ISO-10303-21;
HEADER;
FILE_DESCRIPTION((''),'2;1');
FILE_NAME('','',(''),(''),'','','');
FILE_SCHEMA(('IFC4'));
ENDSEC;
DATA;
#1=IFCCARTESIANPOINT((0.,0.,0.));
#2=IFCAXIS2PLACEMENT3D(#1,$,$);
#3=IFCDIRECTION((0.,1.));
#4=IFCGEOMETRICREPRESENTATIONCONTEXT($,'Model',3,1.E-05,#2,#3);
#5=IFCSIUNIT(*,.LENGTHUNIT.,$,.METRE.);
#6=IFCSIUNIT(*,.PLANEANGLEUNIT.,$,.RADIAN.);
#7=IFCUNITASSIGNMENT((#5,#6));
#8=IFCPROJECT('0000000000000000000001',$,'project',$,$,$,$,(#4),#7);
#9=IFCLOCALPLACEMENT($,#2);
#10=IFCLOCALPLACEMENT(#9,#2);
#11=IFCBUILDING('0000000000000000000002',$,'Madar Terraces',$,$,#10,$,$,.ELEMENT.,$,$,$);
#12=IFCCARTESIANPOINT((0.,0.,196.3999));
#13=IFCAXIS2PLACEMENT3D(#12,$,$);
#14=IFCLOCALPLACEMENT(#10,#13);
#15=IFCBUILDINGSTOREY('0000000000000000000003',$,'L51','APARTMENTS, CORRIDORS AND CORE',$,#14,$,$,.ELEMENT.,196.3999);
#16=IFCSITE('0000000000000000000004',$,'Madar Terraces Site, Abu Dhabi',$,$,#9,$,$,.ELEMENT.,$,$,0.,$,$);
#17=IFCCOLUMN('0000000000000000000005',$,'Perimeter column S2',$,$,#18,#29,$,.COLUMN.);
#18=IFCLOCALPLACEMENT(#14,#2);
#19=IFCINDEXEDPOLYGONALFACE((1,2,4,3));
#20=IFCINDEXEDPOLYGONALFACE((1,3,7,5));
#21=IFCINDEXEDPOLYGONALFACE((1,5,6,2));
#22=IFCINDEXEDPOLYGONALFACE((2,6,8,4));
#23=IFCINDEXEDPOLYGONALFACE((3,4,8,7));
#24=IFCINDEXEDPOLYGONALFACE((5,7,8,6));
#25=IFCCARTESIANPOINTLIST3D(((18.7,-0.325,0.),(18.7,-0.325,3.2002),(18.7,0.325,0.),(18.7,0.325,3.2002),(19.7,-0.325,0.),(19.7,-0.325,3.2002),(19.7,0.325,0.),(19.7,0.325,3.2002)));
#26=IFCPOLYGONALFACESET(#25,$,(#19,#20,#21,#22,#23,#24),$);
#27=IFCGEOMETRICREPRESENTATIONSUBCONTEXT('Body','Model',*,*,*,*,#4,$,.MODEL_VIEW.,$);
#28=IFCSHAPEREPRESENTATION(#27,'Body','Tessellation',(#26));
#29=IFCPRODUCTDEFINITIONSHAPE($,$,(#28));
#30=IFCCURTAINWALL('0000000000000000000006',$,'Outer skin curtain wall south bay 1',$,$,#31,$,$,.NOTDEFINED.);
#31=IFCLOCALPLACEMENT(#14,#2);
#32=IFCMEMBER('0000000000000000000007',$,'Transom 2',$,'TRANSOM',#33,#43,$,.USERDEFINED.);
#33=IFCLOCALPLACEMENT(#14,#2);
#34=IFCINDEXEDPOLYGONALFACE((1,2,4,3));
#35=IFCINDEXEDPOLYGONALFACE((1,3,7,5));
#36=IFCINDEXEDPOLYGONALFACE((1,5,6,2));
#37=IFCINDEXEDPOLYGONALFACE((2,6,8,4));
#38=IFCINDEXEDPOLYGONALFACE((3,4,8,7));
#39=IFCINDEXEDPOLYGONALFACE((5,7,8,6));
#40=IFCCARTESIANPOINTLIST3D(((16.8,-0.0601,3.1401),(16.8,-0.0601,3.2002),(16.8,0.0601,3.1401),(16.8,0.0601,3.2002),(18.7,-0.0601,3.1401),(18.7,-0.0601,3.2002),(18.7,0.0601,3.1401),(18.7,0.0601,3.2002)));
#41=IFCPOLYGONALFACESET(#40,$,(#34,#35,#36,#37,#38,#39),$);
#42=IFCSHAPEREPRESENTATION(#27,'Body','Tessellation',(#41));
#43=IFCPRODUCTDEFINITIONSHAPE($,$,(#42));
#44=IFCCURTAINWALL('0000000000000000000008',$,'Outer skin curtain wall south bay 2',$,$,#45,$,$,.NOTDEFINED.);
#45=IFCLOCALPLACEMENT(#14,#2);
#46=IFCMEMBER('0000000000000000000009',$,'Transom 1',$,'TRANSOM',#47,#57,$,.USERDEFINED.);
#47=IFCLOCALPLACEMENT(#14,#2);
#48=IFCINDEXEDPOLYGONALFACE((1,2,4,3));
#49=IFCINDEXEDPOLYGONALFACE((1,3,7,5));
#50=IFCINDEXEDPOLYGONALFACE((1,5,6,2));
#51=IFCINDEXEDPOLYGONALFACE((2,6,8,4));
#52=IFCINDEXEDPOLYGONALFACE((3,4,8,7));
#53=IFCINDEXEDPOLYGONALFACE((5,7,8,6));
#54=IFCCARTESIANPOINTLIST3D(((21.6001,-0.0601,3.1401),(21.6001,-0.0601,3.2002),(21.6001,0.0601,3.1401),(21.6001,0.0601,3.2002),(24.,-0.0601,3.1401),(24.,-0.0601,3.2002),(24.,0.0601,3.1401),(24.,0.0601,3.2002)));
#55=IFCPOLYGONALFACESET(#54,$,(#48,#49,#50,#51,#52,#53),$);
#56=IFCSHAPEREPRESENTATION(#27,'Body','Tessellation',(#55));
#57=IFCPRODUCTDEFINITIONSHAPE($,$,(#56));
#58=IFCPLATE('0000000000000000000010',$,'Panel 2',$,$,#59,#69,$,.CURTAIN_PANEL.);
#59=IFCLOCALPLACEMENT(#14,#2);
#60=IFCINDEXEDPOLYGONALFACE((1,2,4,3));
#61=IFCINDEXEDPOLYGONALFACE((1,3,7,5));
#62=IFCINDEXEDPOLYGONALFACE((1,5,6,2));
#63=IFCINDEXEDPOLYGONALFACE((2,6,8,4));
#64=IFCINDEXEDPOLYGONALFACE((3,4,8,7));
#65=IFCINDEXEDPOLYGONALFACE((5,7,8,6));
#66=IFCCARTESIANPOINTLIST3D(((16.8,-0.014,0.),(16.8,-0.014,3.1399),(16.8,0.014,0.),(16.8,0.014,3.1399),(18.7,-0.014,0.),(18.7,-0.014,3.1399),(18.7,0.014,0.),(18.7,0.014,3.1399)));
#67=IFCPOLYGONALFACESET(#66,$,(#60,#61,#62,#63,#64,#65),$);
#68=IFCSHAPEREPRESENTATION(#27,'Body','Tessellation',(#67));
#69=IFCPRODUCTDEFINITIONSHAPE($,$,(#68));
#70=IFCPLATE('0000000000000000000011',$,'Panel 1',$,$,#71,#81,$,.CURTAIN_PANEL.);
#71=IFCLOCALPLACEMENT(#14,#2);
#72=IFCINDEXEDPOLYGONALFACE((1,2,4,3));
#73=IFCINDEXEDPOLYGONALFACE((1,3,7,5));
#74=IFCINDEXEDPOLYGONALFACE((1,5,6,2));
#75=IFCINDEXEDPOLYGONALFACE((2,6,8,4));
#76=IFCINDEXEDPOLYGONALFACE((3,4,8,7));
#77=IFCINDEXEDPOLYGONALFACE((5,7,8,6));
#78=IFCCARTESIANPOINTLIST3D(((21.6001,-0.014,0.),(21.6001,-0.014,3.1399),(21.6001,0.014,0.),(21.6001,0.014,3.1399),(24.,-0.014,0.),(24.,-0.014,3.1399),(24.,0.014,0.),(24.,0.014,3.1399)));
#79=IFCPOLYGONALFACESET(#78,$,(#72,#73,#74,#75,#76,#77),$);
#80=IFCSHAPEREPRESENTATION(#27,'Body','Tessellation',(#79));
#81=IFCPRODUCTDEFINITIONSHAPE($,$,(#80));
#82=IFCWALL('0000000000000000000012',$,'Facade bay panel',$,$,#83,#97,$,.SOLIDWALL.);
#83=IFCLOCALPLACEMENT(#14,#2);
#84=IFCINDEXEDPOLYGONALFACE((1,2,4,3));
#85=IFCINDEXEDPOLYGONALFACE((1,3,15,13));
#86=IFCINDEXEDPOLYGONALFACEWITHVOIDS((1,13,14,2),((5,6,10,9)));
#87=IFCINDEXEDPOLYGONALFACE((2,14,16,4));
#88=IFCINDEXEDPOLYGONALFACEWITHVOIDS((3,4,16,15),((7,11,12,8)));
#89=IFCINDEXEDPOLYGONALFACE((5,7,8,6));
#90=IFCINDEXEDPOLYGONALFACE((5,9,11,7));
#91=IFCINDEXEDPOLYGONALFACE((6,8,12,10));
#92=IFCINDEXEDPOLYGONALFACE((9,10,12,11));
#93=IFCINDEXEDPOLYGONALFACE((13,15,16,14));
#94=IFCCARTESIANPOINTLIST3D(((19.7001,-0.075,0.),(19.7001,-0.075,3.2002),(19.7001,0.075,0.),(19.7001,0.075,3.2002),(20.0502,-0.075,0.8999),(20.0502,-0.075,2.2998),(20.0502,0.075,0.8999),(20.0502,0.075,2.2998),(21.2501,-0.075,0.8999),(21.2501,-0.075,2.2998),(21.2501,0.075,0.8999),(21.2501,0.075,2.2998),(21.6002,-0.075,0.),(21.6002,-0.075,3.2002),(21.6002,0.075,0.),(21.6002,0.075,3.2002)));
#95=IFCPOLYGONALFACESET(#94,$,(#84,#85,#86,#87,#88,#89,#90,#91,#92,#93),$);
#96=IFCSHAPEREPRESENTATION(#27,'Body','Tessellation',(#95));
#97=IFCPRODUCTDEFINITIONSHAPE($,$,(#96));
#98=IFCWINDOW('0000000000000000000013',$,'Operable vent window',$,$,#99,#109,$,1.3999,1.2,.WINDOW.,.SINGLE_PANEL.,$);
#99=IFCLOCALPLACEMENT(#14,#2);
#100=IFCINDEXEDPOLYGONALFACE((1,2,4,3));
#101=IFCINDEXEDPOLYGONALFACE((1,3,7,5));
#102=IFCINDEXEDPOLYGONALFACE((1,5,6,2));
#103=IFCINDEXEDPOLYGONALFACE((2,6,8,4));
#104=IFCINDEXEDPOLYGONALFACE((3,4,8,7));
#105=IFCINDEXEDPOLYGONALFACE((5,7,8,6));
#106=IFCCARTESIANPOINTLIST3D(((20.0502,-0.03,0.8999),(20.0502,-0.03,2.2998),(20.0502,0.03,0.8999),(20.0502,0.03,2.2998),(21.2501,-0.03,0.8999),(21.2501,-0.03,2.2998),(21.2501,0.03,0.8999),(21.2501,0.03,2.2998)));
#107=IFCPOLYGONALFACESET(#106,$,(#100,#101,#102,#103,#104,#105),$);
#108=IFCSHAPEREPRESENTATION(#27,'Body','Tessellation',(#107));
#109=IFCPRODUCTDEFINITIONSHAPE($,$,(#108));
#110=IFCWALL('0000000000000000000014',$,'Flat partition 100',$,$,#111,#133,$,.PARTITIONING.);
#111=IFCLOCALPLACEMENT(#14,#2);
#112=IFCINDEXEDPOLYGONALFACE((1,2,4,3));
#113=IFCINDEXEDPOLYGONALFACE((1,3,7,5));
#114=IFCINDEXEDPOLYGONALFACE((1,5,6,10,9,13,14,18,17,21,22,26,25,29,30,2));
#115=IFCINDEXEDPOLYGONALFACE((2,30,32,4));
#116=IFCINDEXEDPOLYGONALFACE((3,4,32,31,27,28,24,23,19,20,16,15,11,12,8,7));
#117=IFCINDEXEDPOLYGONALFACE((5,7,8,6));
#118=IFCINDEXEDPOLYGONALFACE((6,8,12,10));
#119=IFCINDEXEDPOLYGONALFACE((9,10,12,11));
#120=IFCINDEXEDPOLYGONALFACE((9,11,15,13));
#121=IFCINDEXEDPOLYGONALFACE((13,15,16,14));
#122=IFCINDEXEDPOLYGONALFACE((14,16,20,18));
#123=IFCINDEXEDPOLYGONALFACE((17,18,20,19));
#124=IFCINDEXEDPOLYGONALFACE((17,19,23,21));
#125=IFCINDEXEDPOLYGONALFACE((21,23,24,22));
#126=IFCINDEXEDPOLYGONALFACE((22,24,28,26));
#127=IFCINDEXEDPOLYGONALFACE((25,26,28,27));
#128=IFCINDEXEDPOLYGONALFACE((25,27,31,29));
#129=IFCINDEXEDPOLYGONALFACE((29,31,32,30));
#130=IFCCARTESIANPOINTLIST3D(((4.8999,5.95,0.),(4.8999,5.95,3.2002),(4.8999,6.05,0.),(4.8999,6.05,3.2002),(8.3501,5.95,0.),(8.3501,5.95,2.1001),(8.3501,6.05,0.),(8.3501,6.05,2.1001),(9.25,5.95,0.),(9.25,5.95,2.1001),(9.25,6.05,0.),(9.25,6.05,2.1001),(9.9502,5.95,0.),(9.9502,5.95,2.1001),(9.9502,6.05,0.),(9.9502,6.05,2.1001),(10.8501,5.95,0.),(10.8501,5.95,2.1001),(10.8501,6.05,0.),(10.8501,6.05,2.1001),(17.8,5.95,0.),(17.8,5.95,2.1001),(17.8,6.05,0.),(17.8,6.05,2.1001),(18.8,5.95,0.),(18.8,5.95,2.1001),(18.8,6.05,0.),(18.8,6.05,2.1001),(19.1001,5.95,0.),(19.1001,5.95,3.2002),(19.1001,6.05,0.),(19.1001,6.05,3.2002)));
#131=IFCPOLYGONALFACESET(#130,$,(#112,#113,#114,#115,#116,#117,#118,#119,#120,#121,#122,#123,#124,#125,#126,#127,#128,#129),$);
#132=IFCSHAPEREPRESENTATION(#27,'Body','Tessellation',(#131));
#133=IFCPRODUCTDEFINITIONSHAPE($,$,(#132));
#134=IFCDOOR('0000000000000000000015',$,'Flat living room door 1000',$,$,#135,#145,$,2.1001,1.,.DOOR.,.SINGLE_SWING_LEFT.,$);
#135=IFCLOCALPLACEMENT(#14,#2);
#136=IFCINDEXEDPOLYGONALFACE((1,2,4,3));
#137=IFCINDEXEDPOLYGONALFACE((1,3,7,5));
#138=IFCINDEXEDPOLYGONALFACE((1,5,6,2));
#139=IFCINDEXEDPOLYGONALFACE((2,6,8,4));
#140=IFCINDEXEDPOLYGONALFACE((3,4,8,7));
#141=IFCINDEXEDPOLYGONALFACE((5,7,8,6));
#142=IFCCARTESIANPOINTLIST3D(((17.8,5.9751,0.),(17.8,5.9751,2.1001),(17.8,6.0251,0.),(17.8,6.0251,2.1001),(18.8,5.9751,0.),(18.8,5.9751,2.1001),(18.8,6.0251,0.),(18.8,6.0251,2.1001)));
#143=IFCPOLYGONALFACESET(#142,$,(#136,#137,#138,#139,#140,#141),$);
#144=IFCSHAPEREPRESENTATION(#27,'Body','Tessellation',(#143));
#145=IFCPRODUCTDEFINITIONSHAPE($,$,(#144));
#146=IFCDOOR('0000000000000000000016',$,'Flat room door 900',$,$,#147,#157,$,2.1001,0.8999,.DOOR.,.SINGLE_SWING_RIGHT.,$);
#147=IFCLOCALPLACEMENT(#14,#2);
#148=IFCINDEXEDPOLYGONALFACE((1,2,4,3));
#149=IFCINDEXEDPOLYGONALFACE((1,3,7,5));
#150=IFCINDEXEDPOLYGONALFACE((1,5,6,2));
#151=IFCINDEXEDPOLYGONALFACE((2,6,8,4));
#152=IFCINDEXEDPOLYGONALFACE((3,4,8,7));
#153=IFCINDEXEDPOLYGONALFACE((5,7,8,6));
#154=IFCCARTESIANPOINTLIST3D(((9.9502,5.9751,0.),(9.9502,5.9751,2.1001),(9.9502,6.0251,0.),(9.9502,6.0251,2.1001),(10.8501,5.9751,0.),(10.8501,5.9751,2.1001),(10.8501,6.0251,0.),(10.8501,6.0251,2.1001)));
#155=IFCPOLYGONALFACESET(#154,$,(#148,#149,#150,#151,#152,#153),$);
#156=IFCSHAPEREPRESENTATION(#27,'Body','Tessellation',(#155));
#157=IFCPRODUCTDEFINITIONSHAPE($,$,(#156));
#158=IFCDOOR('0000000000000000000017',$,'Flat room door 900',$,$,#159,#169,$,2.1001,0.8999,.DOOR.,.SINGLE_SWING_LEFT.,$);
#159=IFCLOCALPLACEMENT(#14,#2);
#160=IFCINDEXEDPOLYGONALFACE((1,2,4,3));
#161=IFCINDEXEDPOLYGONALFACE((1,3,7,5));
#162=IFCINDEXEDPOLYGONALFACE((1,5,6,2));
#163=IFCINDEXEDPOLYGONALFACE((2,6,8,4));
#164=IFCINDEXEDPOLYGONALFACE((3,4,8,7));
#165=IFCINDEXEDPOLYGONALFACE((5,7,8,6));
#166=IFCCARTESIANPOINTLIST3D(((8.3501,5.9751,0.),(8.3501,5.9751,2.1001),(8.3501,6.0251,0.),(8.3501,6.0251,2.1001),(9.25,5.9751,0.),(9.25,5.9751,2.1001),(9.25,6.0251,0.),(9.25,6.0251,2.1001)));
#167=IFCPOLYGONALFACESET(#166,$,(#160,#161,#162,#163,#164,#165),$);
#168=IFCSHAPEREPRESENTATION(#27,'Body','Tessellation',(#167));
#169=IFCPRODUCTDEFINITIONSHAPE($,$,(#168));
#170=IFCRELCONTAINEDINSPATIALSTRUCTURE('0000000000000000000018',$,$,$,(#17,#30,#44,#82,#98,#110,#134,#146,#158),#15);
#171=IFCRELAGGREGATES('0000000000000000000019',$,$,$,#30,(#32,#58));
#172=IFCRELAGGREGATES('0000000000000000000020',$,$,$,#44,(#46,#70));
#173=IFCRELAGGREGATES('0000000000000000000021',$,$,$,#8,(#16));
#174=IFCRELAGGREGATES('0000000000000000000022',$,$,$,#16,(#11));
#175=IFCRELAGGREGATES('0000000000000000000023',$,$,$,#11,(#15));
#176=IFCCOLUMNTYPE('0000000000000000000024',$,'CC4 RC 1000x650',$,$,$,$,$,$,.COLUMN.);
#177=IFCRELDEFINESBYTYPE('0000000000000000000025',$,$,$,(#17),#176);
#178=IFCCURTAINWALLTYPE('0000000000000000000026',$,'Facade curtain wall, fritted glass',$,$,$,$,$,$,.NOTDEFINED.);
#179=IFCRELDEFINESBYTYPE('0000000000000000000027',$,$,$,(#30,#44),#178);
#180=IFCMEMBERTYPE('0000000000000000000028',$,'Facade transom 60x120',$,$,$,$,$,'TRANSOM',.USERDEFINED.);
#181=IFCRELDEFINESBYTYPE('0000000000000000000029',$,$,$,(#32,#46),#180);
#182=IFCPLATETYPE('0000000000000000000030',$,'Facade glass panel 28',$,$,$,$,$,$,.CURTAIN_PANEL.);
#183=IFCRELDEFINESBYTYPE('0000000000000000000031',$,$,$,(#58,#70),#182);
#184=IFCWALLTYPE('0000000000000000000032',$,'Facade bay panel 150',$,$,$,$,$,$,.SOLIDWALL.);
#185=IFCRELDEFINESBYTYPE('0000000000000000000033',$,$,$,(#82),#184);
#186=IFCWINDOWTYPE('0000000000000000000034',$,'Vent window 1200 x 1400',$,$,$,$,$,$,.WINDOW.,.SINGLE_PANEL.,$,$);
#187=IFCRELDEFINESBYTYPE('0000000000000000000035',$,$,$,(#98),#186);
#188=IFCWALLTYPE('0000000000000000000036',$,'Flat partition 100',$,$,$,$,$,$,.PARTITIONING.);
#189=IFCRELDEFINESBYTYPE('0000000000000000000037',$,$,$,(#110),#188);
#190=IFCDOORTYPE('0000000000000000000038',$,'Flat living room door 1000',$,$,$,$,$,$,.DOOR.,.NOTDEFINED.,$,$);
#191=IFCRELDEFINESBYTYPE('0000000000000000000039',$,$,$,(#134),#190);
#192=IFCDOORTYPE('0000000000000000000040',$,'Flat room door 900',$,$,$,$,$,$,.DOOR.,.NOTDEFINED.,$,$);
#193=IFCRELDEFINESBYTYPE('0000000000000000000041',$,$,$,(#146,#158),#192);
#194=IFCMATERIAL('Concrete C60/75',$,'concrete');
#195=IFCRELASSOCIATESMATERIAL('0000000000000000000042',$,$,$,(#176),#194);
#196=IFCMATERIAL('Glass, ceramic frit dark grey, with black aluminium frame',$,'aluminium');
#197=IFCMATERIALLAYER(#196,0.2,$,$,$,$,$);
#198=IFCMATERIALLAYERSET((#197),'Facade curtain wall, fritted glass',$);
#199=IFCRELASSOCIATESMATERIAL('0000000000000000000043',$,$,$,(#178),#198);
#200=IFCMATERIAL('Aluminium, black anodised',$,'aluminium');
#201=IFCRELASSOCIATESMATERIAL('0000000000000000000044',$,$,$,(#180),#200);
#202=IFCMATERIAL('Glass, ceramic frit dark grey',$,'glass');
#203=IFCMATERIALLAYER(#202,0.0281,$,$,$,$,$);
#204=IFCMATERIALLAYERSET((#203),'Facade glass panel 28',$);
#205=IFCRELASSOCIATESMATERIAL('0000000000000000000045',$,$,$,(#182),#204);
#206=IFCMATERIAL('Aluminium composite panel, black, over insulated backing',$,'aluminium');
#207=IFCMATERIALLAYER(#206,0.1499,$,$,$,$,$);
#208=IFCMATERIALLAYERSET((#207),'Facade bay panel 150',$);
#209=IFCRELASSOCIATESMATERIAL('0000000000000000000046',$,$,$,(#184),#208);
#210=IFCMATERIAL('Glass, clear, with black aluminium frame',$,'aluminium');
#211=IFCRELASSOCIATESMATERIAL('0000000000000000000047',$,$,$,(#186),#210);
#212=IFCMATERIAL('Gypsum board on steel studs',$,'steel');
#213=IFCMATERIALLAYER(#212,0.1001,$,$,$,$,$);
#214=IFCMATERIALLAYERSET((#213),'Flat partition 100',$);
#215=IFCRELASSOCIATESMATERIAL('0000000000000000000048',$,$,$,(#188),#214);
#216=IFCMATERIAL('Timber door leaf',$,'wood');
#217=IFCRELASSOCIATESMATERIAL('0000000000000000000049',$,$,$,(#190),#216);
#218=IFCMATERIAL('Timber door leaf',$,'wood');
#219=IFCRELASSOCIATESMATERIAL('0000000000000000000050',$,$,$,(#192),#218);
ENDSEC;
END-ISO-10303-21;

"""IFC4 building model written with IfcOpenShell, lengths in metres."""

from ifc_helpers import new_model, si_unit, direction, frame, frame_2d, origin, origin_2d, place, context, subcontext, project, spatial, rectangle, extrude, material, layer, layer_set, material_profile, profile_set, type_object, element, fill, aggregate, save


model = new_model("IFC4")

# Units and contexts
model_context = context("Model", 3, precision=1e-05, world=origin(), true_north=direction((0.0, 1.0)))
body_context = subcontext(model_context, "Body", "Model", "MODEL_VIEW")
ifc_project = project(units=[si_unit("LENGTHUNIT", "METRE"), si_unit("PLANEANGLEUNIT", "RADIAN")], contexts=[model_context])

# Site, building, storey
site_placement = place(None, origin())
site = spatial("IfcSite", under=ifc_project, at=site_placement, Name="Madar Terraces Site, Abu Dhabi", CompositionType="ELEMENT", RefElevation=0.0)
building_placement = place(site_placement, origin())
building = spatial("IfcBuilding", under=site, at=building_placement, Name="Madar Terraces", CompositionType="ELEMENT")
storey_placement = place(building_placement, frame((0.0, 0.0, 196.3999)))
storey = spatial("IfcBuildingStorey", under=building, at=storey_placement, Name="L51", Description="APARTMENTS, CORRIDORS AND CORE", CompositionType="ELEMENT", Elevation=196.3999)

# Column
ifc_material_1 = material(Name="Concrete C60/75", Category="concrete")
ifc_material_profile_1 = material_profile(ifc_material_1, rectangle(XDim=1.0, YDim=0.6499, at=origin_2d()), Name="CC4 RC 1000x650")
ifc_profile_set_1 = profile_set([ifc_material_profile_1], Name="Concrete C60/75")
column_type = type_object("IfcColumnType", Name="CC4 RC 1000x650", PredefinedType="COLUMN", material=ifc_profile_set_1)
column_placement = place(storey_placement, frame((19.2, 0.0, 0.0), z_axis=(0.0, 0.0, 1.0), x_axis=(1.0, 0.0, 0.0)))
element("IfcColumn", 1, at=column_placement, inside=storey, type_object=column_type, Name="Perimeter column S2", PredefinedType="COLUMN", context=body_context, shape_type="SweptSolid", body=[
    extrude(rectangle(XDim=1.0, YDim=0.6499, at=origin_2d()), origin(), (0.0, 0.0, 1.0), 3.2002),
])

# Curtain walls, members
ifc_material_2 = material(Name="Glass, ceramic frit dark grey, with black aluminium frame", Category="aluminium")
ifc_layer_1 = layer(ifc_material_2, 0.2)
ifc_layer_set_1 = layer_set([ifc_layer_1], Name="Facade curtain wall, fritted glass")
curtain_wall_type = type_object("IfcCurtainWallType", Name="Facade curtain wall, fritted glass", PredefinedType="NOTDEFINED", material=ifc_layer_set_1)
curtain_wall_1_placement = place(storey_placement, origin())
curtain_wall_1 = element("IfcCurtainWall", 2, at=curtain_wall_1_placement, inside=storey, type_object=curtain_wall_type, Name="Outer skin curtain wall south bay 1", PredefinedType="NOTDEFINED")
ifc_material_3 = material(Name="Aluminium, black anodised", Category="aluminium")
ifc_material_profile_2 = material_profile(ifc_material_3, rectangle(XDim=0.1201, YDim=0.0601, at=origin_2d()), Name="Facade transom 60x120")
ifc_profile_set_2 = profile_set([ifc_material_profile_2], Name="Aluminium, black anodised")
member_type = type_object("IfcMemberType", Name="Facade transom 60x120", ElementType="TRANSOM", PredefinedType="USERDEFINED", material=ifc_profile_set_2)
member_1_placement = place(storey_placement, frame((16.8, 0.0, 3.1702), z_axis=(1.0, 0.0, 0.0), x_axis=(0.0, 1.0, 0.0)))
member_1 = element("IfcMember", 3, at=member_1_placement, type_object=member_type, Name="Transom 2", ObjectType="TRANSOM", PredefinedType="USERDEFINED", context=body_context, shape_type="SweptSolid", body=[
    extrude(rectangle(XDim=0.1201, YDim=0.0601, at=origin_2d()), origin(), (0.0, 0.0, 1.0), 1.8999),
])
curtain_wall_2_placement = place(storey_placement, origin())
curtain_wall_2 = element("IfcCurtainWall", 4, at=curtain_wall_2_placement, inside=storey, type_object=curtain_wall_type, Name="Outer skin curtain wall south bay 2", PredefinedType="NOTDEFINED")
member_2_placement = place(storey_placement, frame((21.6001, 0.0, 3.1702), z_axis=(1.0, 0.0, 0.0), x_axis=(0.0, 1.0, 0.0)))
member_2 = element("IfcMember", 5, at=member_2_placement, type_object=member_type, Name="Transom 1", ObjectType="TRANSOM", PredefinedType="USERDEFINED", context=body_context, shape_type="SweptSolid", body=[
    extrude(rectangle(XDim=0.1201, YDim=0.0601, at=origin_2d()), origin(), (0.0, 0.0, 1.0), 2.3999),
])

# Plates
ifc_material_4 = material(Name="Glass, ceramic frit dark grey", Category="glass")
ifc_layer_2 = layer(ifc_material_4, 0.0281)
ifc_layer_set_2 = layer_set([ifc_layer_2], Name="Facade glass panel 28")
plate_type = type_object("IfcPlateType", Name="Facade glass panel 28", PredefinedType="CURTAIN_PANEL", material=ifc_layer_set_2)
plate_1_placement = place(storey_placement, frame((17.75, 0.0, 0.0), z_axis=(0.0, 0.0, 1.0), x_axis=(1.0, 0.0, 0.0)))
plate_1 = element("IfcPlate", 6, at=plate_1_placement, type_object=plate_type, Name="Panel 2", PredefinedType="CURTAIN_PANEL", context=body_context, shape_type="SweptSolid", body=[
    extrude(rectangle(XDim=1.8999, YDim=0.0281, at=origin_2d()), origin(), (0.0, 0.0, 1.0), 3.1399),
])
aggregate(curtain_wall_1, [member_1, plate_1])
plate_2_placement = place(storey_placement, frame((22.8, 0.0, 0.0), z_axis=(0.0, 0.0, 1.0), x_axis=(1.0, 0.0, 0.0)))
plate_2 = element("IfcPlate", 7, at=plate_2_placement, type_object=plate_type, Name="Panel 1", PredefinedType="CURTAIN_PANEL", context=body_context, shape_type="SweptSolid", body=[
    extrude(rectangle(XDim=2.3999, YDim=0.0281, at=origin_2d()), origin(), (0.0, 0.0, 1.0), 3.1399),
])
aggregate(curtain_wall_2, [member_2, plate_2])

# Wall, opening, window
ifc_material_5 = material(Name="Aluminium composite panel, black, over insulated backing", Category="aluminium")
ifc_layer_3 = layer(ifc_material_5, 0.1499)
ifc_layer_set_3 = layer_set([ifc_layer_3], Name="Facade bay panel 150")
wall_type_1 = type_object("IfcWallType", Name="Facade bay panel 150", PredefinedType="SOLIDWALL", material=ifc_layer_set_3)
wall_1_placement = place(storey_placement, frame((19.7, 0.0, 0.0), z_axis=(0.0, 0.0, 1.0), x_axis=(1.0, 0.0, 0.0)))
wall_1 = element("IfcWall", 8, at=wall_1_placement, inside=storey, type_object=wall_type_1, Name="Facade bay panel", PredefinedType="SOLIDWALL", context=body_context, shape_type="SweptSolid", body=[
    extrude(rectangle(XDim=1.9001, YDim=0.1499, at=frame_2d((0.9502, 0.0))), origin(), (0.0, 0.0, 1.0), 3.2002),
])
opening_1_placement = place(wall_1_placement, frame((0.3501, 0.0, 0.8999)))
opening_1 = element("IfcOpeningElement", 9, at=opening_1_placement, cuts=wall_1, PredefinedType="OPENING", context=body_context, shape_type="SweptSolid", body=[
    extrude(rectangle(XDim=1.2, YDim=1.3999, at=frame_2d((0.6001, 0.7))), frame((0.0, 0.085, 0.0), z_axis=(0.0, -1.0, 0.0), x_axis=(1.0, 0.0, 0.0)), (0.0, 0.0, 1.0), 0.1699),
])
ifc_material_6 = material(Name="Glass, clear, with black aluminium frame", Category="aluminium")
window_type = type_object("IfcWindowType", Name="Vent window 1200 x 1400", PartitioningType="SINGLE_PANEL", PredefinedType="WINDOW", material=ifc_material_6)
window_placement = place(opening_1_placement, origin())
window = element("IfcWindow", 10, at=window_placement, inside=storey, type_object=window_type, Name="Operable vent window", OverallHeight=1.3999, OverallWidth=1.2, PartitioningType="SINGLE_PANEL", PredefinedType="WINDOW", context=body_context, shape_type="SweptSolid", body=[
    extrude(rectangle(XDim=1.2, YDim=1.3999, at=frame_2d((0.6001, 0.7))), frame((0.0, 0.03, 0.0), z_axis=(0.0, -1.0, 0.0), x_axis=(1.0, 0.0, 0.0)), (0.0, 0.0, 1.0), 0.0601),
])
fill(opening_1, window)

# Wall, openings, doors
ifc_material_7 = material(Name="Gypsum board on steel studs", Category="steel")
ifc_layer_4 = layer(ifc_material_7, 0.1001)
ifc_layer_set_4 = layer_set([ifc_layer_4], Name="Flat partition 100")
wall_type_2 = type_object("IfcWallType", Name="Flat partition 100", PredefinedType="PARTITIONING", material=ifc_layer_set_4)
wall_2_placement = place(storey_placement, frame((19.1001, 6.0, 0.0), z_axis=(0.0, 0.0, 1.0), x_axis=(-1.0, 0.0, 0.0)))
wall_2 = element("IfcWall", 11, at=wall_2_placement, inside=storey, type_object=wall_type_2, Name="Flat partition 100", PredefinedType="PARTITIONING", context=body_context, shape_type="SweptSolid", body=[
    extrude(rectangle(XDim=14.2002, YDim=0.1001, at=frame_2d((7.1001, 0.0))), origin(), (0.0, 0.0, 1.0), 3.2002),
])
opening_2_placement = place(wall_2_placement, frame((0.3, 0.0, 0.0)))
opening_2 = element("IfcOpeningElement", 12, at=opening_2_placement, cuts=wall_2, PredefinedType="OPENING", context=body_context, shape_type="SweptSolid", body=[
    extrude(rectangle(XDim=1.0, YDim=2.1001, at=frame_2d((0.5, 1.05))), frame((0.0, 0.0601, 0.0), z_axis=(0.0, -1.0, 0.0), x_axis=(1.0, 0.0, 0.0)), (0.0, 0.0, 1.0), 0.1201),
])
opening_3_placement = place(wall_2_placement, frame((8.25, 0.0, 0.0)))
opening_3 = element("IfcOpeningElement", 13, at=opening_3_placement, cuts=wall_2, PredefinedType="OPENING", context=body_context, shape_type="SweptSolid", body=[
    extrude(rectangle(XDim=0.8999, YDim=2.1001, at=frame_2d((0.45, 1.05))), frame((0.0, 0.0601, 0.0), z_axis=(0.0, -1.0, 0.0), x_axis=(1.0, 0.0, 0.0)), (0.0, 0.0, 1.0), 0.1201),
])
opening_4_placement = place(wall_2_placement, frame((9.8501, 0.0, 0.0)))
opening_4 = element("IfcOpeningElement", 14, at=opening_4_placement, cuts=wall_2, PredefinedType="OPENING", context=body_context, shape_type="SweptSolid", body=[
    extrude(rectangle(XDim=0.8999, YDim=2.1001, at=frame_2d((0.45, 1.05))), frame((0.0, 0.0601, 0.0), z_axis=(0.0, -1.0, 0.0), x_axis=(1.0, 0.0, 0.0)), (0.0, 0.0, 1.0), 0.1201),
])
ifc_material_8 = material(Name="Timber door leaf", Category="wood")
door_type_1 = type_object("IfcDoorType", Name="Flat living room door 1000", OperationType="NOTDEFINED", PredefinedType="DOOR", material=ifc_material_8)
door_1_placement = place(opening_2_placement, origin())
door_1 = element("IfcDoor", 15, at=door_1_placement, inside=storey, type_object=door_type_1, Name="Flat living room door 1000", OperationType="SINGLE_SWING_LEFT", OverallHeight=2.1001, OverallWidth=1.0, PredefinedType="DOOR", context=body_context, shape_type="SweptSolid", body=[
    extrude(rectangle(XDim=1.0, YDim=2.1001, at=frame_2d((0.5, 1.05))), frame((0.0, 0.0249, 0.0), z_axis=(0.0, -1.0, 0.0), x_axis=(1.0, 0.0, 0.0)), (0.0, 0.0, 1.0), 0.05),
])
fill(opening_2, door_1)
ifc_material_9 = material(Name="Timber door leaf", Category="wood")
door_type_2 = type_object("IfcDoorType", Name="Flat room door 900", OperationType="NOTDEFINED", PredefinedType="DOOR", material=ifc_material_9)
door_2_placement = place(opening_3_placement, origin())
door_2 = element("IfcDoor", 16, at=door_2_placement, inside=storey, type_object=door_type_2, Name="Flat room door 900", OperationType="SINGLE_SWING_RIGHT", OverallHeight=2.1001, OverallWidth=0.8999, PredefinedType="DOOR", context=body_context, shape_type="SweptSolid", body=[
    extrude(rectangle(XDim=0.8999, YDim=2.1001, at=frame_2d((0.45, 1.05))), frame((0.0, 0.0249, 0.0), z_axis=(0.0, -1.0, 0.0), x_axis=(1.0, 0.0, 0.0)), (0.0, 0.0, 1.0), 0.05),
])
fill(opening_3, door_2)
door_3_placement = place(opening_4_placement, origin())
door_3 = element("IfcDoor", 17, at=door_3_placement, inside=storey, type_object=door_type_2, Name="Flat room door 900", OperationType="SINGLE_SWING_LEFT", OverallHeight=2.1001, OverallWidth=0.8999, PredefinedType="DOOR", context=body_context, shape_type="SweptSolid", body=[
    extrude(rectangle(XDim=0.8999, YDim=2.1001, at=frame_2d((0.45, 1.05))), frame((0.0, 0.0249, 0.0), z_axis=(0.0, -1.0, 0.0), x_axis=(1.0, 0.0, 0.0)), (0.0, 0.0, 1.0), 0.05),
])
fill(opening_4, door_3)

save(model, "model.ifc")
